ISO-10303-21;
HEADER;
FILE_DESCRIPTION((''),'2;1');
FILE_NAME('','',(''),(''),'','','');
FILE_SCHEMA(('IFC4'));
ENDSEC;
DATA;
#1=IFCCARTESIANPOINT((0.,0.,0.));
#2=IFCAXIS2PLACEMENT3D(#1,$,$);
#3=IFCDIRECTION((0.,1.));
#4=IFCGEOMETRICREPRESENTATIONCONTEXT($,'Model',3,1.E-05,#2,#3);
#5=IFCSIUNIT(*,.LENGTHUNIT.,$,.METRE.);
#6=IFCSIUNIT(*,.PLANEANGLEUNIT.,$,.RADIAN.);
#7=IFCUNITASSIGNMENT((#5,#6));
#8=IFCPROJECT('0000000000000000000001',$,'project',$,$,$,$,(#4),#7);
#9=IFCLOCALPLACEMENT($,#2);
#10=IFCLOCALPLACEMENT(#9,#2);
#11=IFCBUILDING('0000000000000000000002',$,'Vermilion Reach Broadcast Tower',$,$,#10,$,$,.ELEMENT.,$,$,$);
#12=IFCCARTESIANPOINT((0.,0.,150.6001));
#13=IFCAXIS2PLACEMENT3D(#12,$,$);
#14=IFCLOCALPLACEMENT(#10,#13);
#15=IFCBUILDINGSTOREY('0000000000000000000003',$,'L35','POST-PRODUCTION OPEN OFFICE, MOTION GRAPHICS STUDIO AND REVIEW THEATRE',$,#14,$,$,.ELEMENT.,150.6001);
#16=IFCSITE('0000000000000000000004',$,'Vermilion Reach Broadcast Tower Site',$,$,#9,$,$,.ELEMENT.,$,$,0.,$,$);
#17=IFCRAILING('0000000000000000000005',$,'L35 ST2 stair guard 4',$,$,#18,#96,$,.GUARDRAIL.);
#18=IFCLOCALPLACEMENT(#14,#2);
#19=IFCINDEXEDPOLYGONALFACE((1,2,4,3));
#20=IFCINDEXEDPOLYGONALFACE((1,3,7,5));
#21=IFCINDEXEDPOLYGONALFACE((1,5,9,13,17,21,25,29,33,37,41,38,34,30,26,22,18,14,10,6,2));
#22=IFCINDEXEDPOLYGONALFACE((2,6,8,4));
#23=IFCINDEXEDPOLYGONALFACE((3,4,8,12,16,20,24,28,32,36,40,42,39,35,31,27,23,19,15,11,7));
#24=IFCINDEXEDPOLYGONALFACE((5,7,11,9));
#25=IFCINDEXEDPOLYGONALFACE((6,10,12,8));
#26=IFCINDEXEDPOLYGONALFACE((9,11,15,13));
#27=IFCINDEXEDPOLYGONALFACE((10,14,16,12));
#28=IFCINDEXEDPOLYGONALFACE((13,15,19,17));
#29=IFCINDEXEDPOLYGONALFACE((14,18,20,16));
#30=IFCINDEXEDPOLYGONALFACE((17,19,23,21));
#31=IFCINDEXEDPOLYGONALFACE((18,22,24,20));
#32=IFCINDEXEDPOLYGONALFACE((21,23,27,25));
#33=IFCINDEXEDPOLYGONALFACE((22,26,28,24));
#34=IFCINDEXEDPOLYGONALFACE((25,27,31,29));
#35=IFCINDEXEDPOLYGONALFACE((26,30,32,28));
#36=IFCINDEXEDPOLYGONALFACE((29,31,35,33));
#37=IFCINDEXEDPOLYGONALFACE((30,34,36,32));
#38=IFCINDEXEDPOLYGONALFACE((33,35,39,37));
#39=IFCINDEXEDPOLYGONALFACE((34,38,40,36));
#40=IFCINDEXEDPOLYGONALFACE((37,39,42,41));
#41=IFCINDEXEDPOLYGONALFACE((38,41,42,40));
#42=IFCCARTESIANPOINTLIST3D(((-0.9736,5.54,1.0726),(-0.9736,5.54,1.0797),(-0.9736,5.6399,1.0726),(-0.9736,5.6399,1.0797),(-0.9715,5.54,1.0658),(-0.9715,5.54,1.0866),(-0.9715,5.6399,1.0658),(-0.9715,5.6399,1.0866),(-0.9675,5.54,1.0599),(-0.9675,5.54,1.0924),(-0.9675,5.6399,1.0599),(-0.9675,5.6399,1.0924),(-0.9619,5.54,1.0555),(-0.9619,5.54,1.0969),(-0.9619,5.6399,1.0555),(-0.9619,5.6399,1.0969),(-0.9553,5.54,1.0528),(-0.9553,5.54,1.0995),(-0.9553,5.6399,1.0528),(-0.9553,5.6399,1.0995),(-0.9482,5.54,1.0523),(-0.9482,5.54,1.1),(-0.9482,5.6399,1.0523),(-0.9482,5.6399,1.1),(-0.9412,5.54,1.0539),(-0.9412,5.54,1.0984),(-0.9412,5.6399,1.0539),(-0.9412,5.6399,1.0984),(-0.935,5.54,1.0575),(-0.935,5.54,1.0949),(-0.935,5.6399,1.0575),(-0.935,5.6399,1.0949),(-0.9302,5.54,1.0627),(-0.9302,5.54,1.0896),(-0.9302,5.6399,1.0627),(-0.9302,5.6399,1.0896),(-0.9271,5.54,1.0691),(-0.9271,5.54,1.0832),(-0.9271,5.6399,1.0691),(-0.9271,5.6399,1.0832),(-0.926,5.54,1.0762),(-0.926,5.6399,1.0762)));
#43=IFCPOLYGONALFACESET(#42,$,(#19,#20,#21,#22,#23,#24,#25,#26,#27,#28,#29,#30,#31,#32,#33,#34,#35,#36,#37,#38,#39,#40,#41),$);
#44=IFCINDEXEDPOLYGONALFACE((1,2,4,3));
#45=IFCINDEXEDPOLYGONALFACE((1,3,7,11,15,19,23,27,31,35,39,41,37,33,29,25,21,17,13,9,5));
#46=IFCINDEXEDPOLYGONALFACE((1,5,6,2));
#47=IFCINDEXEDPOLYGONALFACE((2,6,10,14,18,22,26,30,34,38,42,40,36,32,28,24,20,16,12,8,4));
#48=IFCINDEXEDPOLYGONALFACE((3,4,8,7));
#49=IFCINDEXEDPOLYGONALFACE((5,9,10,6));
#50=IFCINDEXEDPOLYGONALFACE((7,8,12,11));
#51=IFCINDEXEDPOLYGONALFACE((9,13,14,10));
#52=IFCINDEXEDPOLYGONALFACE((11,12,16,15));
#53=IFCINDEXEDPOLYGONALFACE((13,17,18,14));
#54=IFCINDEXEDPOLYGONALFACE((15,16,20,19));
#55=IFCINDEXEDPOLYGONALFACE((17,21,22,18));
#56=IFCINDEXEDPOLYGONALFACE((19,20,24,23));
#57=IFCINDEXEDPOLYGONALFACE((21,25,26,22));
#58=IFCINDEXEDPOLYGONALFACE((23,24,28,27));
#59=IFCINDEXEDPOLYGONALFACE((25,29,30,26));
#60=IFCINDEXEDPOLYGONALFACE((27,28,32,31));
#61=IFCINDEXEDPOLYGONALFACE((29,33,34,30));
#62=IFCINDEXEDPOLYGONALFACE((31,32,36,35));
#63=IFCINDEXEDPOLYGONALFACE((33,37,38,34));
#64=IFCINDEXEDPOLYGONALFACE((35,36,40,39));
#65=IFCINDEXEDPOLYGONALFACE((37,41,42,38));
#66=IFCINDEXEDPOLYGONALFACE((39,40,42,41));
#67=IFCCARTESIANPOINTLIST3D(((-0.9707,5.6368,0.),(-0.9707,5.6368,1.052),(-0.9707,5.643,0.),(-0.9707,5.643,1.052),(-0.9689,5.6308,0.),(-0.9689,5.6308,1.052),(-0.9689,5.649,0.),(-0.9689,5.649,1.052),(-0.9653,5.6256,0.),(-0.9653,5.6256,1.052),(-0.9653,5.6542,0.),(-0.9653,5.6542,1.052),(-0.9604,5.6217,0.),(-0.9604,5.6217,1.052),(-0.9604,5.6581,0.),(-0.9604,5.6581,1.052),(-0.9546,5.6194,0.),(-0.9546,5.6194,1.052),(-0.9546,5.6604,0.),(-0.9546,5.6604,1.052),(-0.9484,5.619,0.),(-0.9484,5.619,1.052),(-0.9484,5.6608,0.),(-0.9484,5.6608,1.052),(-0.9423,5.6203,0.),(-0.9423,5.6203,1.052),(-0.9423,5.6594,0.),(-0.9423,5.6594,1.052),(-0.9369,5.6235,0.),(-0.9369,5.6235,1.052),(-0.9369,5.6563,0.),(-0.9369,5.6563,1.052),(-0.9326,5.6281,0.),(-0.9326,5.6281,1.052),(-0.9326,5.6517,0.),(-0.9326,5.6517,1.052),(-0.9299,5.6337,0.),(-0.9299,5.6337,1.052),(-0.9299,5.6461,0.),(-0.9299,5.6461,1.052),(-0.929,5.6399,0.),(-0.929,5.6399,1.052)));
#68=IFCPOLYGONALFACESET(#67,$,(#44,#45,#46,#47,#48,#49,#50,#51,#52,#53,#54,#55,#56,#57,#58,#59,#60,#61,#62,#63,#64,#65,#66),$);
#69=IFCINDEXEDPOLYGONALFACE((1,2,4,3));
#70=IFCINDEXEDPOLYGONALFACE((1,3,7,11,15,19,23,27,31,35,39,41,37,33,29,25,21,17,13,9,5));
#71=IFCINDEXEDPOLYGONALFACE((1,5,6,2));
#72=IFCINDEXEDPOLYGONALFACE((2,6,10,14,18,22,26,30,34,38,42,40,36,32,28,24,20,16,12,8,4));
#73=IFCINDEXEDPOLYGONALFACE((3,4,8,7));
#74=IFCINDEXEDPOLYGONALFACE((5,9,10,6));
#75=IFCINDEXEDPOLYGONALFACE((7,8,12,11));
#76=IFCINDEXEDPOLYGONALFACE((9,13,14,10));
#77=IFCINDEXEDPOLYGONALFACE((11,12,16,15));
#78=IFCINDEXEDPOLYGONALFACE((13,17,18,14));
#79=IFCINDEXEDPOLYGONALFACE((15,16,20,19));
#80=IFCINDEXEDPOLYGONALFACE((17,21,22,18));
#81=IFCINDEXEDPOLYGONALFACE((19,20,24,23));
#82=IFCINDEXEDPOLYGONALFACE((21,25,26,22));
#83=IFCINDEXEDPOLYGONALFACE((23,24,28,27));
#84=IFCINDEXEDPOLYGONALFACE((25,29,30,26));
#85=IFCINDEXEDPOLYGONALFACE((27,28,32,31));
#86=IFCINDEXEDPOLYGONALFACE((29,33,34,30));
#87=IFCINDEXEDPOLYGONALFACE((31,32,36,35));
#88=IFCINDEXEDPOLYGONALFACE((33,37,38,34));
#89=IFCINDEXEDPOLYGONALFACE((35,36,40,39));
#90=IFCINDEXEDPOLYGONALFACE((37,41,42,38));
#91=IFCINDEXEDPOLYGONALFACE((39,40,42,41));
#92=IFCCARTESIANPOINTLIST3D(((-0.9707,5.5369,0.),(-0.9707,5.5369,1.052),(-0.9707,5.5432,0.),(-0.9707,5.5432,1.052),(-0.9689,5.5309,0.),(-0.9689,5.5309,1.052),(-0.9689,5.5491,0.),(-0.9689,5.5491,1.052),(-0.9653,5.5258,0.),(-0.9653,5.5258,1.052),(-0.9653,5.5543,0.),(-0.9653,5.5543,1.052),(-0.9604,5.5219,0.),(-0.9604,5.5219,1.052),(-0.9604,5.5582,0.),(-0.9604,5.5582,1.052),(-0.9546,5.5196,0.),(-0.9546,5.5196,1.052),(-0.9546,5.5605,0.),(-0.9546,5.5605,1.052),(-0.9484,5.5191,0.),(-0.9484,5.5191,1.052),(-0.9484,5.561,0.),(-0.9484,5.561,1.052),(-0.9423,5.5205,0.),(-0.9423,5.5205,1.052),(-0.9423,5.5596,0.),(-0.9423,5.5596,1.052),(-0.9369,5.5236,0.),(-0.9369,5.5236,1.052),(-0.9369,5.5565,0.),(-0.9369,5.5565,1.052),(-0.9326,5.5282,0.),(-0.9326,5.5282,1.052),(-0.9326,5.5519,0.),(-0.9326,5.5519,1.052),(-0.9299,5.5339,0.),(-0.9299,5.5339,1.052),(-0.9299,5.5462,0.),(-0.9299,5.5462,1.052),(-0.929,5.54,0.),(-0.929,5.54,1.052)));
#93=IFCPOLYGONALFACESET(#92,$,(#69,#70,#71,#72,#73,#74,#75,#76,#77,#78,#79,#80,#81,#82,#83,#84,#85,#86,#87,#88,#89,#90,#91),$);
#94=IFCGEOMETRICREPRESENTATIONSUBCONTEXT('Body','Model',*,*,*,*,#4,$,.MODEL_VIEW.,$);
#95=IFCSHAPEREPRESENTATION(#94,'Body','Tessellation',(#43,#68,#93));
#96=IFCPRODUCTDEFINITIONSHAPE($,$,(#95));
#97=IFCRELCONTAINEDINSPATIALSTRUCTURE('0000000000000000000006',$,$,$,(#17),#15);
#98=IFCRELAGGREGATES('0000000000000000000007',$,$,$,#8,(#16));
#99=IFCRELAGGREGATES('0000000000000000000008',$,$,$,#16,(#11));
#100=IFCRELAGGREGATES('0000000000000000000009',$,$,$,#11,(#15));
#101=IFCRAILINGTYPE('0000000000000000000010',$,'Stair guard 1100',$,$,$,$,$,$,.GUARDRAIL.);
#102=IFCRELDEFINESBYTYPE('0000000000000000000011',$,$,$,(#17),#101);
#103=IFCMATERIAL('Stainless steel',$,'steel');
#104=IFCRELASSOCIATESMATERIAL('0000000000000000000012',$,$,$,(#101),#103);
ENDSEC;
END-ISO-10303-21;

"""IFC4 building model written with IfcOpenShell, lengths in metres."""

from ifc_helpers import new_model, si_unit, direction, frame, origin, origin_2d, place, context, subcontext, project, spatial, circle, extrude, material, type_object, element, save


model = new_model("IFC4")

# Units and contexts
model_context = context("Model", 3, precision=1e-05, world=origin(), true_north=direction((0.0, 1.0)))
body_context = subcontext(model_context, "Body", "Model", "MODEL_VIEW")
ifc_project = project(units=[si_unit("LENGTHUNIT", "METRE"), si_unit("PLANEANGLEUNIT", "RADIAN")], contexts=[model_context])

# Site, building, storey
site_placement = place(None, origin())
site = spatial("IfcSite", under=ifc_project, at=site_placement, Name="Vermilion Reach Broadcast Tower Site", CompositionType="ELEMENT", RefElevation=0.0)
building_placement = place(site_placement, origin())
building = spatial("IfcBuilding", under=site, at=building_placement, Name="Vermilion Reach Broadcast Tower", CompositionType="ELEMENT")
storey_placement = place(building_placement, frame((0.0, 0.0, 150.6001)))
storey = spatial("IfcBuildingStorey", under=building, at=storey_placement, Name="L35", Description="POST-PRODUCTION OPEN OFFICE, MOTION GRAPHICS STUDIO AND REVIEW THEATRE", CompositionType="ELEMENT", Elevation=150.6001)

# Railing
ifc_material_1 = material(Name="Stainless steel", Category="steel")
railing_type_1 = type_object("IfcRailingType", Name="Stair guard 1100", PredefinedType="GUARDRAIL", material=ifc_material_1)
railing_1_placement = place(storey_placement, frame((-0.95, 5.6399, 0.0)))
element("IfcRailing", 1, at=railing_1_placement, inside=storey, type_object=railing_type_1, Name="L35 ST2 stair guard 4", PredefinedType="GUARDRAIL", context=body_context, shape_type="SweptSolid", body=[
    extrude(circle(Radius=0.0239, at=origin_2d()), frame((0.0, 0.0, 1.0762), z_axis=(0.0, -1.0, 0.0), x_axis=(1.0, 0.0, 0.0)), (0.0, 0.0, 1.0), 0.0999),
    extrude(circle(Radius=0.021, at=origin_2d()), origin(), (0.0, 0.0, 1.0), 1.052),
    extrude(circle(Radius=0.021, at=origin_2d()), frame((0.0, -0.0999, 0.0)), (0.0, 0.0, 1.0), 1.052),
])

save(model, "model.ifc")
